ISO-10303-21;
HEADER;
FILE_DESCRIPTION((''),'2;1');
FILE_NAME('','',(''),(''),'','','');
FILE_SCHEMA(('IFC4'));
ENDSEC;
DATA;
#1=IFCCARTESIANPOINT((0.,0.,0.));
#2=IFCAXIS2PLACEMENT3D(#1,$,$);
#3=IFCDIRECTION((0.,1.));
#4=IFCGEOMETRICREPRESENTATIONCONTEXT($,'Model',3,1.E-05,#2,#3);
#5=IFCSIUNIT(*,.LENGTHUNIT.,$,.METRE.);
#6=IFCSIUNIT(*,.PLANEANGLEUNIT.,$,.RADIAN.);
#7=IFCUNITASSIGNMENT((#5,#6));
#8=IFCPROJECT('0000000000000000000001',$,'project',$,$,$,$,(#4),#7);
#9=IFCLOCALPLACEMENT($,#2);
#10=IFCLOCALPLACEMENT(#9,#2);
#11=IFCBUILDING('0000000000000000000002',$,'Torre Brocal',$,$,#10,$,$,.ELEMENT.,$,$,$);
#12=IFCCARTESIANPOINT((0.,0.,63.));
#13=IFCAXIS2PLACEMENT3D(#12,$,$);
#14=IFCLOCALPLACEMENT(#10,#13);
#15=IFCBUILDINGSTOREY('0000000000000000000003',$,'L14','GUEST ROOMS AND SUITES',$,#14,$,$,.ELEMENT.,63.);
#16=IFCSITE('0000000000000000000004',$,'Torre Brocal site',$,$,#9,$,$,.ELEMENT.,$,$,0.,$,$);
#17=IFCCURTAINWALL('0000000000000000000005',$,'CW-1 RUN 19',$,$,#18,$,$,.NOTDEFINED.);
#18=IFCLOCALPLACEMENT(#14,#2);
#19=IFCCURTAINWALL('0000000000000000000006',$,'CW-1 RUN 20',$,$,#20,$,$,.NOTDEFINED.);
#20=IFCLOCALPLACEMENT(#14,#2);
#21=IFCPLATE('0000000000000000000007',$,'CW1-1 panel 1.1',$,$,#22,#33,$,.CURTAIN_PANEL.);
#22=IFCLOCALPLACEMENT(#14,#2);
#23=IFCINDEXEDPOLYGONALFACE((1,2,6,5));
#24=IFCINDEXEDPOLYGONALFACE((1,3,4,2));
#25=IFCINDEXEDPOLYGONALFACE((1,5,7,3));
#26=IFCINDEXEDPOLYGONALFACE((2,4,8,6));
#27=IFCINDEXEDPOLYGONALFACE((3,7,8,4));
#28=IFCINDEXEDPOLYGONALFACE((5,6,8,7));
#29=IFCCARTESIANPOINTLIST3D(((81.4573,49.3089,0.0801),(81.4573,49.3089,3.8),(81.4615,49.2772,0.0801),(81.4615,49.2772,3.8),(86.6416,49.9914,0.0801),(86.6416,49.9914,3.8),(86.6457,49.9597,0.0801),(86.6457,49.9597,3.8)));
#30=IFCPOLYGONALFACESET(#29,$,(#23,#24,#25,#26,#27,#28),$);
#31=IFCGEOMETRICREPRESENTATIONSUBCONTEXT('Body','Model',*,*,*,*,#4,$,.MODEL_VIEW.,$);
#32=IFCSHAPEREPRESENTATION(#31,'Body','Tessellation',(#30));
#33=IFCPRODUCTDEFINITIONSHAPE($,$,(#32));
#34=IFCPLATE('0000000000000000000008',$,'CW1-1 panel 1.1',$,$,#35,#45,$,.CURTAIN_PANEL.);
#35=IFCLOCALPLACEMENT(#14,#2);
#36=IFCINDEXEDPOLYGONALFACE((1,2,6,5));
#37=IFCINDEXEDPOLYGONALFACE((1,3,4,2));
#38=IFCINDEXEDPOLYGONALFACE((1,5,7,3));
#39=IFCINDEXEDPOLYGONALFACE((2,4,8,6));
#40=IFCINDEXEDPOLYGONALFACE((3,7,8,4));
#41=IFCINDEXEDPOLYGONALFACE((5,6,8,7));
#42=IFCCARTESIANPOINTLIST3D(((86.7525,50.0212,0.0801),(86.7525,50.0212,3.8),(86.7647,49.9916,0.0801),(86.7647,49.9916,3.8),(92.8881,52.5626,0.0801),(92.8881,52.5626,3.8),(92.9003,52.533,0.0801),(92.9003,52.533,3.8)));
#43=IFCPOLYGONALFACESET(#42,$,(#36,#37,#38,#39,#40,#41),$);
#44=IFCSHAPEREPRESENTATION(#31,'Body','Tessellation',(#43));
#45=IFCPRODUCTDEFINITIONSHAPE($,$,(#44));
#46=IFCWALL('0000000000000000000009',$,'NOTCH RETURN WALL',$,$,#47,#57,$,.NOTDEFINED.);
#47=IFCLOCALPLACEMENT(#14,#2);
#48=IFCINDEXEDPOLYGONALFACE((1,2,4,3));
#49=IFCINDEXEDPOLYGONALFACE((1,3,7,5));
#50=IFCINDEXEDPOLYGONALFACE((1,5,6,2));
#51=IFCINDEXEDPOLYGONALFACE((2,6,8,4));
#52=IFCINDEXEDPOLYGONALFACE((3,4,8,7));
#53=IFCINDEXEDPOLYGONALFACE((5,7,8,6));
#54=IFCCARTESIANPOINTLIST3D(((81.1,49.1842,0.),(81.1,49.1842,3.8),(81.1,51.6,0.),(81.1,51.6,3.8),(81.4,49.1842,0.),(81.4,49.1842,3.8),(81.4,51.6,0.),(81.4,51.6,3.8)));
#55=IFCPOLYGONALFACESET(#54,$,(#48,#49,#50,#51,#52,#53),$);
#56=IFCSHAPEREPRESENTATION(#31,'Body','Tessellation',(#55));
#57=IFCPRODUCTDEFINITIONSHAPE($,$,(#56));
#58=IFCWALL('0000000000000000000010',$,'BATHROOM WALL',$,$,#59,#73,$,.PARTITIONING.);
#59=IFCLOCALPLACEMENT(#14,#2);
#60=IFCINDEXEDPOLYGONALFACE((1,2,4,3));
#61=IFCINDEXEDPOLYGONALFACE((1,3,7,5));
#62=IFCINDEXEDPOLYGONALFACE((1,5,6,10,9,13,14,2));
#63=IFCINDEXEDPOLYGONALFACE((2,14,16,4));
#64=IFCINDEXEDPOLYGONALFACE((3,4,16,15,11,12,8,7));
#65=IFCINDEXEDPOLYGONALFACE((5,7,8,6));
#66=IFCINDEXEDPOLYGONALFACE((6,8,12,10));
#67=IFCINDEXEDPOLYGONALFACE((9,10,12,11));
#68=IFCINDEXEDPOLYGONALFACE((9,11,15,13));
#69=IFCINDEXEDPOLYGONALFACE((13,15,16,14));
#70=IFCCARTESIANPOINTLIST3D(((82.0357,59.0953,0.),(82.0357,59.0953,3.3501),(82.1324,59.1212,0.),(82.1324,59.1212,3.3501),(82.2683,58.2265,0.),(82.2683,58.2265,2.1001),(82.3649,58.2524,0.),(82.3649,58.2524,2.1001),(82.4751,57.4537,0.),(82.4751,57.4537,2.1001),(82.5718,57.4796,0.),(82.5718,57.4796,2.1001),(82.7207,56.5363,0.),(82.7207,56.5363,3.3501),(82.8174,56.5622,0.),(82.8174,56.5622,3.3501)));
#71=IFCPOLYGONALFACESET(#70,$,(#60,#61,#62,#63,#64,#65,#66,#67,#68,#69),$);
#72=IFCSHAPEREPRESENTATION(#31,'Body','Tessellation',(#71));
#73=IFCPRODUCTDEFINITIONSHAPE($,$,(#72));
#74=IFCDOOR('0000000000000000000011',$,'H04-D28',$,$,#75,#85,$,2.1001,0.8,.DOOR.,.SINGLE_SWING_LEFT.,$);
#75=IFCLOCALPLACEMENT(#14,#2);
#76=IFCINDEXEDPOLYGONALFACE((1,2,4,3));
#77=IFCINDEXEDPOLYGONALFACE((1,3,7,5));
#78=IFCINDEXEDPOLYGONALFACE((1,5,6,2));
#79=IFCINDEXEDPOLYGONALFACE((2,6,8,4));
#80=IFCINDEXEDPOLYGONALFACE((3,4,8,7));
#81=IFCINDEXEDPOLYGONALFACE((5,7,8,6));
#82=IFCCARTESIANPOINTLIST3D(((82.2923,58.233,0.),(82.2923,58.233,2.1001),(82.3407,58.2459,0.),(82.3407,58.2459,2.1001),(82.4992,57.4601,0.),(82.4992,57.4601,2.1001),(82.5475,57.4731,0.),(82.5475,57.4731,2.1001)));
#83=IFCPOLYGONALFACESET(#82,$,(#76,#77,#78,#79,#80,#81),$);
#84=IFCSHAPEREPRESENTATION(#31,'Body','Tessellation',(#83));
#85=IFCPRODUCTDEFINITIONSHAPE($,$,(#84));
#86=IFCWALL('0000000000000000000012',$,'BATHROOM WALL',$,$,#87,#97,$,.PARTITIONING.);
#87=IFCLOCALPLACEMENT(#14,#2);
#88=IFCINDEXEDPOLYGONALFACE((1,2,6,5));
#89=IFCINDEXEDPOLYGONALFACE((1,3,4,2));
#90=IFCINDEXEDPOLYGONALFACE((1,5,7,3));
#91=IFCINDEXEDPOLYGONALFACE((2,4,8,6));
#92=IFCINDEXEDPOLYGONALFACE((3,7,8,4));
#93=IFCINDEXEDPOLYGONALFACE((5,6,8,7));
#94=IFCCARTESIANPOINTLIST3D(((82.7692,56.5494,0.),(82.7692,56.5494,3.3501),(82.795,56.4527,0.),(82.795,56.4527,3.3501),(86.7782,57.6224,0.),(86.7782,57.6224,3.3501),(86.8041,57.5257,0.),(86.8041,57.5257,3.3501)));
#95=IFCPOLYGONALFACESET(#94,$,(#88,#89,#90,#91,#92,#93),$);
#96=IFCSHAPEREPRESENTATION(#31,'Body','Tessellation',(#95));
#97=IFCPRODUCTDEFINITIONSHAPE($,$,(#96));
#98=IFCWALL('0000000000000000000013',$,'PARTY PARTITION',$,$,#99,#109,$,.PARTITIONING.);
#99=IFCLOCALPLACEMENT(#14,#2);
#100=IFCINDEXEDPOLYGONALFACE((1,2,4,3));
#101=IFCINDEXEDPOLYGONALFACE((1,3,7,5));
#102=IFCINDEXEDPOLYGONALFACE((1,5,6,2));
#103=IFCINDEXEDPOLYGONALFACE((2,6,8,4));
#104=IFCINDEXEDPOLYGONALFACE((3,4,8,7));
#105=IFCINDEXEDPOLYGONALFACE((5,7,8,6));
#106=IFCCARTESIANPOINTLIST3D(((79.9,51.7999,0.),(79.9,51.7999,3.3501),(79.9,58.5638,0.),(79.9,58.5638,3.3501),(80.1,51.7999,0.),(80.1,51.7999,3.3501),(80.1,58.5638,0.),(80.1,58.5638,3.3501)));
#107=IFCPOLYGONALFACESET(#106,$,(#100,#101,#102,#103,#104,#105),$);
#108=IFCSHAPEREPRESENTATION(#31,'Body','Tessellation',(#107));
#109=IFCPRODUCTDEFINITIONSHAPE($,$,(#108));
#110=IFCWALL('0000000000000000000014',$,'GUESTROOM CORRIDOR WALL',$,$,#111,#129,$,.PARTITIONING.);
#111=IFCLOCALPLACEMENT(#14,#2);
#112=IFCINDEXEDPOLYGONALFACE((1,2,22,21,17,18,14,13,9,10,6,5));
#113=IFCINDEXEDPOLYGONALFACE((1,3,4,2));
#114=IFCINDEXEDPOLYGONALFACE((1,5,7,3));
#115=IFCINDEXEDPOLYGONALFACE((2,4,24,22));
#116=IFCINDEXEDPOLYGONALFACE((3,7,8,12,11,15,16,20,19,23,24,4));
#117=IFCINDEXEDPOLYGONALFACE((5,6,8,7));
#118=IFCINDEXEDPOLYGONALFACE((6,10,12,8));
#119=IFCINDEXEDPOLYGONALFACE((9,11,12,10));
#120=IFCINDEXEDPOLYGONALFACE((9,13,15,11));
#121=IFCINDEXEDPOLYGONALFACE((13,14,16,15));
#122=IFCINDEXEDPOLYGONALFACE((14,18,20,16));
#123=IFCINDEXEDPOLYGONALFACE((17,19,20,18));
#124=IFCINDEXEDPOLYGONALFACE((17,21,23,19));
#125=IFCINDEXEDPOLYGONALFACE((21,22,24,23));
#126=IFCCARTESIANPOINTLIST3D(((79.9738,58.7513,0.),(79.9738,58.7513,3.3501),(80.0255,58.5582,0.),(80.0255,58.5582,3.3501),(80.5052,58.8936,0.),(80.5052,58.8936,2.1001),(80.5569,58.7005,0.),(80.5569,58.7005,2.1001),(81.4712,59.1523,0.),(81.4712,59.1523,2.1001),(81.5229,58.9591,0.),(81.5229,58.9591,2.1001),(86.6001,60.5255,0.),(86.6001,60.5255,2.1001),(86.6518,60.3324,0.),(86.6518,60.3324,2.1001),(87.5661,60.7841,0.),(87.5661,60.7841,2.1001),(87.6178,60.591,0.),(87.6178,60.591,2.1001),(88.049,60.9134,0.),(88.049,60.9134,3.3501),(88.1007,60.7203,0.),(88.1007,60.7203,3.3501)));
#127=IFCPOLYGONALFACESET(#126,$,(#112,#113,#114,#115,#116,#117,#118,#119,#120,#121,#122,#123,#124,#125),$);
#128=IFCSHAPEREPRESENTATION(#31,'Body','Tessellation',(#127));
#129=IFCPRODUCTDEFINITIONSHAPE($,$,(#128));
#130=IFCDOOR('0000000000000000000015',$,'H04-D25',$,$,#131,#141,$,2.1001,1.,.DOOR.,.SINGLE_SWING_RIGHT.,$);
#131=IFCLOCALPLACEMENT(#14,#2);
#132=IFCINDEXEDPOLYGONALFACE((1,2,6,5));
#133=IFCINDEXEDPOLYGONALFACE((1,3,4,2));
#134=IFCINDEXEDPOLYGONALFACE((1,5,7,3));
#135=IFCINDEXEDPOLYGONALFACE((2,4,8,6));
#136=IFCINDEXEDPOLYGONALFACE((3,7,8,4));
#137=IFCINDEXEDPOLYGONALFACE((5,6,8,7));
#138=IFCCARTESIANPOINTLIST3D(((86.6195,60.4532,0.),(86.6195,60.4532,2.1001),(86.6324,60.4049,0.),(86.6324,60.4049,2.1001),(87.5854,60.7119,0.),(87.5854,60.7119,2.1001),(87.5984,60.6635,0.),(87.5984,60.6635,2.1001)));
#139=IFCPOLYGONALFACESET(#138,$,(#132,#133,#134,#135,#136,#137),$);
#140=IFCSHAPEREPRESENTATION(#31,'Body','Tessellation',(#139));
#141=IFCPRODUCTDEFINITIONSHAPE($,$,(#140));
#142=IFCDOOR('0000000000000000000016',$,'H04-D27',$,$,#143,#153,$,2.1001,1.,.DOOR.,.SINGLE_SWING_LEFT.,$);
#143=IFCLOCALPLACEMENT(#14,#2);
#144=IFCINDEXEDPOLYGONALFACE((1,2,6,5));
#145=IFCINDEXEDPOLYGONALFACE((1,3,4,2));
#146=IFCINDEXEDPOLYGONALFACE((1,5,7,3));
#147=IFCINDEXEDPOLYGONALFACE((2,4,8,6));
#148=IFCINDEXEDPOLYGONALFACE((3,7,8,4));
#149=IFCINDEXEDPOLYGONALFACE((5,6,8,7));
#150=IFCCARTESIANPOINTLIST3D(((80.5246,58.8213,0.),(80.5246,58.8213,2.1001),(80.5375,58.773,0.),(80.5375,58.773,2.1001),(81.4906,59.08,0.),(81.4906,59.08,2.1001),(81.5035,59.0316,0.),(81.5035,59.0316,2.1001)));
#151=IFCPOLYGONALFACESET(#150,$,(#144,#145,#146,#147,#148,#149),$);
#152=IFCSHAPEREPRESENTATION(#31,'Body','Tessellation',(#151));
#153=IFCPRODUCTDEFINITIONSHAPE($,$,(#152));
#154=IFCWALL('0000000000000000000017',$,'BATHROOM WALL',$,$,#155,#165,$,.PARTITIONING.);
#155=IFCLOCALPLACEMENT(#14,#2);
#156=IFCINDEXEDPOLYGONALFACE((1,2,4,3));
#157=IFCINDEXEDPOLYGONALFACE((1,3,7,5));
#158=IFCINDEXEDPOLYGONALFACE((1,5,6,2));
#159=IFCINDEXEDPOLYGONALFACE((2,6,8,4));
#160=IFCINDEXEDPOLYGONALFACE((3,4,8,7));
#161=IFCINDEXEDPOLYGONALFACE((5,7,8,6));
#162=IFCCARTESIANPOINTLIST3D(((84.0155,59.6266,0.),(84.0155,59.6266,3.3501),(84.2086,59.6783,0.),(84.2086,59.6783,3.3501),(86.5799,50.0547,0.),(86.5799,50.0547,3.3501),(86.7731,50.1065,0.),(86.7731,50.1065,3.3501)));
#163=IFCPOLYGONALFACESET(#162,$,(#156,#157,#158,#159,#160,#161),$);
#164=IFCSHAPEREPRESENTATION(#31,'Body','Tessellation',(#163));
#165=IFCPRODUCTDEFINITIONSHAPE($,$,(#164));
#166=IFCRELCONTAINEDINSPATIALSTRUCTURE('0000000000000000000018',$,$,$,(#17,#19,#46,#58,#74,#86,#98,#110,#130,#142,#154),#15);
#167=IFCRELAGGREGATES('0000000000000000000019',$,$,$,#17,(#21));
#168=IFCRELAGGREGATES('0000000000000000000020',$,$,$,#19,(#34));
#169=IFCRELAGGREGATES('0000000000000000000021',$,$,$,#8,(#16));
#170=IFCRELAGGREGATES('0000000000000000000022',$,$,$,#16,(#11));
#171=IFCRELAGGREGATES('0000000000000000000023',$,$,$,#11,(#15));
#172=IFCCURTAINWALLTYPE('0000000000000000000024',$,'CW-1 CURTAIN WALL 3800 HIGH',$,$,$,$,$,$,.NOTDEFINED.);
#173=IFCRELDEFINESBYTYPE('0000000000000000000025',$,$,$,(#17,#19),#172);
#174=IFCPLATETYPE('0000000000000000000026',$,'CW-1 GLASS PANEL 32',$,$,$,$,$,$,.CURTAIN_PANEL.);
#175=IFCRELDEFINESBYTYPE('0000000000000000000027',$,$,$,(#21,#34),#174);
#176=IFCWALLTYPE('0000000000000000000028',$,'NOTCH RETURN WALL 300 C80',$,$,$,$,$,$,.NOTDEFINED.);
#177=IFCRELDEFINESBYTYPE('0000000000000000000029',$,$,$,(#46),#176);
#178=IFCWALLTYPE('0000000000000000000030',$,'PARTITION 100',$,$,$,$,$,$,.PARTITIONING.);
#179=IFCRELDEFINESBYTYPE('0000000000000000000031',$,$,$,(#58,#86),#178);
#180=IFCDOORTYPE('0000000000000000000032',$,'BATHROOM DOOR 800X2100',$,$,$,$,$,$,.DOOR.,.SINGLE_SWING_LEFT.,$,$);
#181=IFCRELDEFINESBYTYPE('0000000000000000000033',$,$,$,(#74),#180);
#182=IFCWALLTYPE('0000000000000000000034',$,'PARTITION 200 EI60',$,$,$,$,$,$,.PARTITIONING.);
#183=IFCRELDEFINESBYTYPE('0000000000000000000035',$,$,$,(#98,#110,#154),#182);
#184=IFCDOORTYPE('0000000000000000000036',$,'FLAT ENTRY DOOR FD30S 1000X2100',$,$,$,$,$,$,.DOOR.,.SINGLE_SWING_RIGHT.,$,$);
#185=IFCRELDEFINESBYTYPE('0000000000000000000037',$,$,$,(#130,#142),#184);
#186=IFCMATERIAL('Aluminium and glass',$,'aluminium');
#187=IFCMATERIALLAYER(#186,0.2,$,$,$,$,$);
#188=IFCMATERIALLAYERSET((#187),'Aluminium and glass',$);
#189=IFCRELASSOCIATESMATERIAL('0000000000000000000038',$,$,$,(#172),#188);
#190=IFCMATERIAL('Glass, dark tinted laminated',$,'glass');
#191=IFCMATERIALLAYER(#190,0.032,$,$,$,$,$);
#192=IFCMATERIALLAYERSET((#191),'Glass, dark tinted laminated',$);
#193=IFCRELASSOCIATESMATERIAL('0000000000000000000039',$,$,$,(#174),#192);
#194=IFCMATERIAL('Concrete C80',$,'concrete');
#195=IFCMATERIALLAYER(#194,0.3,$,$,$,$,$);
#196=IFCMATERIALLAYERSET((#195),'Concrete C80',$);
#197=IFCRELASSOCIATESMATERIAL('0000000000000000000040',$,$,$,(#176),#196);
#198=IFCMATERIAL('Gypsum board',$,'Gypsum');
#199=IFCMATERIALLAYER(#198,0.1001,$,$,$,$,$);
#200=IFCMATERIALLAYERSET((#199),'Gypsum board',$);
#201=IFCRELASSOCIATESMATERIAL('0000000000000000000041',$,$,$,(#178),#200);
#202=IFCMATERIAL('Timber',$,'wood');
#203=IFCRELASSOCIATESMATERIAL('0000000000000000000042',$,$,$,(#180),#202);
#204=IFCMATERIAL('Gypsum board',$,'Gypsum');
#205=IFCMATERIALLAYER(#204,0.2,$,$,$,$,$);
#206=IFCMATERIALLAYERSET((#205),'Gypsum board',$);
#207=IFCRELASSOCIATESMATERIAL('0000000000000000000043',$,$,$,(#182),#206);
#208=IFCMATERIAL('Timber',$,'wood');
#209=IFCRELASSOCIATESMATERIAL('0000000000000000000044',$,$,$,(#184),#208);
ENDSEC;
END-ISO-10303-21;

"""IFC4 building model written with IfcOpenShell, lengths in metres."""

from ifc_helpers import new_model, si_unit, direction, frame, frame_2d, origin, origin_2d, place, context, subcontext, project, spatial, rectangle, extrude, material, layer, layer_set, type_object, element, fill, aggregate, save


model = new_model("IFC4")

# Units and contexts
model_context = context("Model", 3, precision=1e-05, world=origin(), true_north=direction((0.0, 1.0)))
body_context = subcontext(model_context, "Body", "Model", "MODEL_VIEW")
ifc_project = project(units=[si_unit("LENGTHUNIT", "METRE"), si_unit("PLANEANGLEUNIT", "RADIAN")], contexts=[model_context])

# Site, building, storey
site_placement = place(None, origin())
site = spatial("IfcSite", under=ifc_project, at=site_placement, Name="Torre Brocal site", CompositionType="ELEMENT", RefElevation=0.0)
building_placement = place(site_placement, origin())
building = spatial("IfcBuilding", under=site, at=building_placement, Name="Torre Brocal", CompositionType="ELEMENT")
storey_placement = place(building_placement, frame((0.0, 0.0, 63.0)))
storey = spatial("IfcBuildingStorey", under=building, at=storey_placement, Name="L14", Description="GUEST ROOMS AND SUITES", CompositionType="ELEMENT", Elevation=63.0)

# Curtain wall
ifc_material_1 = material(Name="Aluminium and glass", Category="aluminium")
ifc_layer_1 = layer(ifc_material_1, 0.2)
ifc_layer_set_1 = layer_set([ifc_layer_1], Name="Aluminium and glass")
curtain_wall_type = type_object("IfcCurtainWallType", Name="CW-1 CURTAIN WALL 3800 HIGH", PredefinedType="NOTDEFINED", material=ifc_layer_set_1)
curtain_wall_1_placement = place(storey_placement, origin())
curtain_wall_1 = element("IfcCurtainWall", 1, at=curtain_wall_1_placement, inside=storey, type_object=curtain_wall_type, Name="CW-1 RUN 19", PredefinedType="NOTDEFINED")

# Curtain wall
curtain_wall_2_placement = place(storey_placement, origin())
curtain_wall_2 = element("IfcCurtainWall", 2, at=curtain_wall_2_placement, inside=storey, type_object=curtain_wall_type, Name="CW-1 RUN 20", PredefinedType="NOTDEFINED")

# Plates
ifc_material_2 = material(Name="Glass, dark tinted laminated", Category="glass")
ifc_layer_2 = layer(ifc_material_2, 0.032)
ifc_layer_set_2 = layer_set([ifc_layer_2], Name="Glass, dark tinted laminated")
plate_type = type_object("IfcPlateType", Name="CW-1 GLASS PANEL 32", PredefinedType="CURTAIN_PANEL", material=ifc_layer_set_2)
plate_1_placement = place(storey_placement, frame((84.0515, 49.6343, 0.0801), z_axis=(0.0, 0.0, 1.0), x_axis=(0.991445, 0.130526, 0.0)))
plate_1 = element("IfcPlate", 3, at=plate_1_placement, type_object=plate_type, Name="CW1-1 panel 1.1", PredefinedType="CURTAIN_PANEL", context=body_context, shape_type="SweptSolid", body=[
    extrude(rectangle(XDim=5.229, YDim=0.032, at=origin_2d()), origin(), (0.0, 0.0, 1.0), 3.72),
])
aggregate(curtain_wall_1, [plate_1])
plate_2_placement = place(storey_placement, frame((89.8264, 51.2771, 0.0801), z_axis=(0.0, 0.0, 1.0), x_axis=(0.92388, 0.382683, 0.0)))
plate_2 = element("IfcPlate", 4, at=plate_2_placement, type_object=plate_type, Name="CW1-1 panel 1.1", PredefinedType="CURTAIN_PANEL", context=body_context, shape_type="SweptSolid", body=[
    extrude(rectangle(XDim=6.6411, YDim=0.032, at=origin_2d()), origin(), (0.0, 0.0, 1.0), 3.72),
])
aggregate(curtain_wall_2, [plate_2])

# Wall
ifc_material_3 = material(Name="Concrete C80", Category="concrete")
ifc_layer_3 = layer(ifc_material_3, 0.3)
ifc_layer_set_3 = layer_set([ifc_layer_3], Name="Concrete C80")
wall_type_1 = type_object("IfcWallType", Name="NOTCH RETURN WALL 300 C80", PredefinedType="NOTDEFINED", material=ifc_layer_set_3)
wall_1_placement = place(storey_placement, frame((81.25, 51.6001, 0.0), z_axis=(0.0, 0.0, 1.0), x_axis=(0.0, -1.0, 0.0)))
element("IfcWall", 5, at=wall_1_placement, inside=storey, type_object=wall_type_1, Name="NOTCH RETURN WALL", PredefinedType="NOTDEFINED", context=body_context, shape_type="SweptSolid", body=[
    extrude(rectangle(XDim=2.4158, YDim=0.3, at=frame_2d((1.208, 0.0))), origin(), (0.0, 0.0, 1.0), 3.8),
])

# Wall, opening, door
ifc_material_4 = material(Name="Gypsum board", Category="Gypsum")
ifc_layer_4 = layer(ifc_material_4, 0.1001)
ifc_layer_set_4 = layer_set([ifc_layer_4], Name="Gypsum board")
wall_type_2 = type_object("IfcWallType", Name="PARTITION 100", PredefinedType="PARTITIONING", material=ifc_layer_set_4)
wall_2_placement = place(storey_placement, frame((82.084, 59.1084, 0.0), z_axis=(0.0, 0.0, 1.0), x_axis=(0.258592, -0.965987, 0.0)))
wall_2 = element("IfcWall", 6, at=wall_2_placement, inside=storey, type_object=wall_type_2, Name="BATHROOM WALL", PredefinedType="PARTITIONING", context=body_context, shape_type="SweptSolid", body=[
    extrude(rectangle(XDim=2.6492, YDim=0.1001, at=frame_2d((1.3247, 0.0))), origin(), (0.0, 0.0, 1.0), 3.3501),
])
opening_1_placement = place(wall_2_placement, frame((0.8997, 0.0, 0.0)))
opening_1 = element("IfcOpeningElement", 7, at=opening_1_placement, cuts=wall_2, PredefinedType="OPENING", context=body_context, shape_type="SweptSolid", body=[
    extrude(rectangle(XDim=0.8, YDim=2.1001, at=frame_2d((0.3999, 1.05))), frame((0.0, 0.0601, 0.0), z_axis=(0.0, -1.0, 0.0), x_axis=(1.0, 0.0, 0.0)), (0.0, 0.0, 1.0), 0.1201),
])
ifc_material_5 = material(Name="Timber", Category="wood")
door_type_1 = type_object("IfcDoorType", Name="BATHROOM DOOR 800X2100", OperationType="SINGLE_SWING_LEFT", PredefinedType="DOOR", material=ifc_material_5)
door_1_placement = place(opening_1_placement, origin())
door_1 = element("IfcDoor", 8, at=door_1_placement, inside=storey, type_object=door_type_1, Name="H04-D28", OperationType="SINGLE_SWING_LEFT", OverallHeight=2.1001, OverallWidth=0.8, PredefinedType="DOOR", context=body_context, shape_type="SweptSolid", body=[
    extrude(rectangle(XDim=0.8, YDim=2.1001, at=frame_2d((0.3999, 1.05))), frame((0.0, 0.0249, 0.0), z_axis=(0.0, -1.0, 0.0), x_axis=(1.0, 0.0, 0.0)), (0.0, 0.0, 1.0), 0.05),
])
fill(opening_1, door_1)

# Walls
wall_3_placement = place(storey_placement, frame((82.782, 56.501, 0.0), z_axis=(0.0, 0.0, 1.0), x_axis=(0.965999, 0.258545, 0.0)))
element("IfcWall", 9, at=wall_3_placement, inside=storey, type_object=wall_type_2, Name="BATHROOM WALL", PredefinedType="PARTITIONING", context=body_context, shape_type="SweptSolid", body=[
    extrude(rectangle(XDim=4.1501, YDim=0.1001, at=frame_2d((2.0752, 0.0))), origin(), (0.0, 0.0, 1.0), 3.3501),
])
ifc_material_6 = material(Name="Gypsum board", Category="Gypsum")
ifc_layer_5 = layer(ifc_material_6, 0.2)
ifc_layer_set_5 = layer_set([ifc_layer_5], Name="Gypsum board")
wall_type_3 = type_object("IfcWallType", Name="PARTITION 200 EI60", PredefinedType="PARTITIONING", material=ifc_layer_set_5)
wall_4_placement = place(storey_placement, frame((80.0, 51.8, 0.0), z_axis=(0.0, 0.0, 1.0), x_axis=(0.0, 1.0, 0.0)))
element("IfcWall", 10, at=wall_4_placement, inside=storey, type_object=wall_type_3, Name="PARTY PARTITION", PredefinedType="PARTITIONING", context=body_context, shape_type="SweptSolid", body=[
    extrude(rectangle(XDim=6.7639, YDim=0.2, at=frame_2d((3.3818, 0.0))), origin(), (0.0, 0.0, 1.0), 3.3501),
])

# Wall, openings, doors
wall_5_placement = place(storey_placement, frame((79.9998, 58.6548, 0.0), z_axis=(0.0, 0.0, 1.0), x_axis=(0.965975, 0.258637, 0.0)))
wall_5 = element("IfcWall", 11, at=wall_5_placement, inside=storey, type_object=wall_type_3, Name="GUESTROOM CORRIDOR WALL", PredefinedType="PARTITIONING", context=body_context, shape_type="SweptSolid", body=[
    extrude(rectangle(XDim=8.3596, YDim=0.2, at=frame_2d((4.1797, 0.0))), origin(), (0.0, 0.0, 1.0), 3.3501),
])
opening_2_placement = place(wall_5_placement, frame((6.8596, 0.0, 0.0)))
opening_2 = element("IfcOpeningElement", 12, at=opening_2_placement, cuts=wall_5, PredefinedType="OPENING", context=body_context, shape_type="SweptSolid", body=[
    extrude(rectangle(XDim=1.0, YDim=2.1001, at=frame_2d((0.5, 1.05))), frame((0.0, 0.1099, 0.0), z_axis=(0.0, -1.0, 0.0), x_axis=(1.0, 0.0, 0.0)), (0.0, 0.0, 1.0), 0.22),
])
opening_3_placement = place(wall_5_placement, frame((0.55, 0.0, 0.0)))
opening_3 = element("IfcOpeningElement", 13, at=opening_3_placement, cuts=wall_5, PredefinedType="OPENING", context=body_context, shape_type="SweptSolid", body=[
    extrude(rectangle(XDim=1.0, YDim=2.1001, at=frame_2d((0.5, 1.05))), frame((0.0, 0.1099, 0.0), z_axis=(0.0, -1.0, 0.0), x_axis=(1.0, 0.0, 0.0)), (0.0, 0.0, 1.0), 0.22),
])
ifc_material_7 = material(Name="Timber", Category="wood")
door_type_2 = type_object("IfcDoorType", Name="FLAT ENTRY DOOR FD30S 1000X2100", OperationType="SINGLE_SWING_RIGHT", PredefinedType="DOOR", material=ifc_material_7)
door_2_placement = place(opening_2_placement, frame((1.0, 0.0, 0.0), z_axis=(0.0, 0.0, 1.0), x_axis=(-1.0, 0.0, 0.0)))
door_2 = element("IfcDoor", 14, at=door_2_placement, inside=storey, type_object=door_type_2, Name="H04-D25", OperationType="SINGLE_SWING_RIGHT", OverallHeight=2.1001, OverallWidth=1.0, PredefinedType="DOOR", context=body_context, shape_type="SweptSolid", body=[
    extrude(rectangle(XDim=1.0, YDim=2.1001, at=frame_2d((0.5, 1.05))), frame((0.0, 0.0249, 0.0), z_axis=(0.0, -1.0, 0.0), x_axis=(1.0, 0.0, 0.0)), (0.0, 0.0, 1.0), 0.05),
])
fill(opening_2, door_2)
door_3_placement = place(opening_3_placement, frame((1.0, 0.0, 0.0), z_axis=(0.0, 0.0, 1.0), x_axis=(-1.0, 0.0, 0.0)))
door_3 = element("IfcDoor", 15, at=door_3_placement, inside=storey, type_object=door_type_2, Name="H04-D27", OperationType="SINGLE_SWING_LEFT", OverallHeight=2.1001, OverallWidth=1.0, PredefinedType="DOOR", context=body_context, shape_type="SweptSolid", body=[
    extrude(rectangle(XDim=1.0, YDim=2.1001, at=frame_2d((0.5, 1.05))), frame((0.0, 0.0249, 0.0), z_axis=(0.0, -1.0, 0.0), x_axis=(1.0, 0.0, 0.0)), (0.0, 0.0, 1.0), 0.05),
])
fill(opening_3, door_3)

# Wall
wall_6_placement = place(storey_placement, frame((84.1121, 59.6523, 0.0), z_axis=(0.0, 0.0, 1.0), x_axis=(0.258791, -0.965933, 0.0)))
element("IfcWall", 16, at=wall_6_placement, inside=storey, type_object=wall_type_3, Name="BATHROOM WALL", PredefinedType="PARTITIONING", context=body_context, shape_type="SweptSolid", body=[
    extrude(rectangle(XDim=9.9094, YDim=0.2, at=frame_2d((4.9546, 0.0))), origin(), (0.0, 0.0, 1.0), 3.3501),
])

save(model, "model.ifc")
